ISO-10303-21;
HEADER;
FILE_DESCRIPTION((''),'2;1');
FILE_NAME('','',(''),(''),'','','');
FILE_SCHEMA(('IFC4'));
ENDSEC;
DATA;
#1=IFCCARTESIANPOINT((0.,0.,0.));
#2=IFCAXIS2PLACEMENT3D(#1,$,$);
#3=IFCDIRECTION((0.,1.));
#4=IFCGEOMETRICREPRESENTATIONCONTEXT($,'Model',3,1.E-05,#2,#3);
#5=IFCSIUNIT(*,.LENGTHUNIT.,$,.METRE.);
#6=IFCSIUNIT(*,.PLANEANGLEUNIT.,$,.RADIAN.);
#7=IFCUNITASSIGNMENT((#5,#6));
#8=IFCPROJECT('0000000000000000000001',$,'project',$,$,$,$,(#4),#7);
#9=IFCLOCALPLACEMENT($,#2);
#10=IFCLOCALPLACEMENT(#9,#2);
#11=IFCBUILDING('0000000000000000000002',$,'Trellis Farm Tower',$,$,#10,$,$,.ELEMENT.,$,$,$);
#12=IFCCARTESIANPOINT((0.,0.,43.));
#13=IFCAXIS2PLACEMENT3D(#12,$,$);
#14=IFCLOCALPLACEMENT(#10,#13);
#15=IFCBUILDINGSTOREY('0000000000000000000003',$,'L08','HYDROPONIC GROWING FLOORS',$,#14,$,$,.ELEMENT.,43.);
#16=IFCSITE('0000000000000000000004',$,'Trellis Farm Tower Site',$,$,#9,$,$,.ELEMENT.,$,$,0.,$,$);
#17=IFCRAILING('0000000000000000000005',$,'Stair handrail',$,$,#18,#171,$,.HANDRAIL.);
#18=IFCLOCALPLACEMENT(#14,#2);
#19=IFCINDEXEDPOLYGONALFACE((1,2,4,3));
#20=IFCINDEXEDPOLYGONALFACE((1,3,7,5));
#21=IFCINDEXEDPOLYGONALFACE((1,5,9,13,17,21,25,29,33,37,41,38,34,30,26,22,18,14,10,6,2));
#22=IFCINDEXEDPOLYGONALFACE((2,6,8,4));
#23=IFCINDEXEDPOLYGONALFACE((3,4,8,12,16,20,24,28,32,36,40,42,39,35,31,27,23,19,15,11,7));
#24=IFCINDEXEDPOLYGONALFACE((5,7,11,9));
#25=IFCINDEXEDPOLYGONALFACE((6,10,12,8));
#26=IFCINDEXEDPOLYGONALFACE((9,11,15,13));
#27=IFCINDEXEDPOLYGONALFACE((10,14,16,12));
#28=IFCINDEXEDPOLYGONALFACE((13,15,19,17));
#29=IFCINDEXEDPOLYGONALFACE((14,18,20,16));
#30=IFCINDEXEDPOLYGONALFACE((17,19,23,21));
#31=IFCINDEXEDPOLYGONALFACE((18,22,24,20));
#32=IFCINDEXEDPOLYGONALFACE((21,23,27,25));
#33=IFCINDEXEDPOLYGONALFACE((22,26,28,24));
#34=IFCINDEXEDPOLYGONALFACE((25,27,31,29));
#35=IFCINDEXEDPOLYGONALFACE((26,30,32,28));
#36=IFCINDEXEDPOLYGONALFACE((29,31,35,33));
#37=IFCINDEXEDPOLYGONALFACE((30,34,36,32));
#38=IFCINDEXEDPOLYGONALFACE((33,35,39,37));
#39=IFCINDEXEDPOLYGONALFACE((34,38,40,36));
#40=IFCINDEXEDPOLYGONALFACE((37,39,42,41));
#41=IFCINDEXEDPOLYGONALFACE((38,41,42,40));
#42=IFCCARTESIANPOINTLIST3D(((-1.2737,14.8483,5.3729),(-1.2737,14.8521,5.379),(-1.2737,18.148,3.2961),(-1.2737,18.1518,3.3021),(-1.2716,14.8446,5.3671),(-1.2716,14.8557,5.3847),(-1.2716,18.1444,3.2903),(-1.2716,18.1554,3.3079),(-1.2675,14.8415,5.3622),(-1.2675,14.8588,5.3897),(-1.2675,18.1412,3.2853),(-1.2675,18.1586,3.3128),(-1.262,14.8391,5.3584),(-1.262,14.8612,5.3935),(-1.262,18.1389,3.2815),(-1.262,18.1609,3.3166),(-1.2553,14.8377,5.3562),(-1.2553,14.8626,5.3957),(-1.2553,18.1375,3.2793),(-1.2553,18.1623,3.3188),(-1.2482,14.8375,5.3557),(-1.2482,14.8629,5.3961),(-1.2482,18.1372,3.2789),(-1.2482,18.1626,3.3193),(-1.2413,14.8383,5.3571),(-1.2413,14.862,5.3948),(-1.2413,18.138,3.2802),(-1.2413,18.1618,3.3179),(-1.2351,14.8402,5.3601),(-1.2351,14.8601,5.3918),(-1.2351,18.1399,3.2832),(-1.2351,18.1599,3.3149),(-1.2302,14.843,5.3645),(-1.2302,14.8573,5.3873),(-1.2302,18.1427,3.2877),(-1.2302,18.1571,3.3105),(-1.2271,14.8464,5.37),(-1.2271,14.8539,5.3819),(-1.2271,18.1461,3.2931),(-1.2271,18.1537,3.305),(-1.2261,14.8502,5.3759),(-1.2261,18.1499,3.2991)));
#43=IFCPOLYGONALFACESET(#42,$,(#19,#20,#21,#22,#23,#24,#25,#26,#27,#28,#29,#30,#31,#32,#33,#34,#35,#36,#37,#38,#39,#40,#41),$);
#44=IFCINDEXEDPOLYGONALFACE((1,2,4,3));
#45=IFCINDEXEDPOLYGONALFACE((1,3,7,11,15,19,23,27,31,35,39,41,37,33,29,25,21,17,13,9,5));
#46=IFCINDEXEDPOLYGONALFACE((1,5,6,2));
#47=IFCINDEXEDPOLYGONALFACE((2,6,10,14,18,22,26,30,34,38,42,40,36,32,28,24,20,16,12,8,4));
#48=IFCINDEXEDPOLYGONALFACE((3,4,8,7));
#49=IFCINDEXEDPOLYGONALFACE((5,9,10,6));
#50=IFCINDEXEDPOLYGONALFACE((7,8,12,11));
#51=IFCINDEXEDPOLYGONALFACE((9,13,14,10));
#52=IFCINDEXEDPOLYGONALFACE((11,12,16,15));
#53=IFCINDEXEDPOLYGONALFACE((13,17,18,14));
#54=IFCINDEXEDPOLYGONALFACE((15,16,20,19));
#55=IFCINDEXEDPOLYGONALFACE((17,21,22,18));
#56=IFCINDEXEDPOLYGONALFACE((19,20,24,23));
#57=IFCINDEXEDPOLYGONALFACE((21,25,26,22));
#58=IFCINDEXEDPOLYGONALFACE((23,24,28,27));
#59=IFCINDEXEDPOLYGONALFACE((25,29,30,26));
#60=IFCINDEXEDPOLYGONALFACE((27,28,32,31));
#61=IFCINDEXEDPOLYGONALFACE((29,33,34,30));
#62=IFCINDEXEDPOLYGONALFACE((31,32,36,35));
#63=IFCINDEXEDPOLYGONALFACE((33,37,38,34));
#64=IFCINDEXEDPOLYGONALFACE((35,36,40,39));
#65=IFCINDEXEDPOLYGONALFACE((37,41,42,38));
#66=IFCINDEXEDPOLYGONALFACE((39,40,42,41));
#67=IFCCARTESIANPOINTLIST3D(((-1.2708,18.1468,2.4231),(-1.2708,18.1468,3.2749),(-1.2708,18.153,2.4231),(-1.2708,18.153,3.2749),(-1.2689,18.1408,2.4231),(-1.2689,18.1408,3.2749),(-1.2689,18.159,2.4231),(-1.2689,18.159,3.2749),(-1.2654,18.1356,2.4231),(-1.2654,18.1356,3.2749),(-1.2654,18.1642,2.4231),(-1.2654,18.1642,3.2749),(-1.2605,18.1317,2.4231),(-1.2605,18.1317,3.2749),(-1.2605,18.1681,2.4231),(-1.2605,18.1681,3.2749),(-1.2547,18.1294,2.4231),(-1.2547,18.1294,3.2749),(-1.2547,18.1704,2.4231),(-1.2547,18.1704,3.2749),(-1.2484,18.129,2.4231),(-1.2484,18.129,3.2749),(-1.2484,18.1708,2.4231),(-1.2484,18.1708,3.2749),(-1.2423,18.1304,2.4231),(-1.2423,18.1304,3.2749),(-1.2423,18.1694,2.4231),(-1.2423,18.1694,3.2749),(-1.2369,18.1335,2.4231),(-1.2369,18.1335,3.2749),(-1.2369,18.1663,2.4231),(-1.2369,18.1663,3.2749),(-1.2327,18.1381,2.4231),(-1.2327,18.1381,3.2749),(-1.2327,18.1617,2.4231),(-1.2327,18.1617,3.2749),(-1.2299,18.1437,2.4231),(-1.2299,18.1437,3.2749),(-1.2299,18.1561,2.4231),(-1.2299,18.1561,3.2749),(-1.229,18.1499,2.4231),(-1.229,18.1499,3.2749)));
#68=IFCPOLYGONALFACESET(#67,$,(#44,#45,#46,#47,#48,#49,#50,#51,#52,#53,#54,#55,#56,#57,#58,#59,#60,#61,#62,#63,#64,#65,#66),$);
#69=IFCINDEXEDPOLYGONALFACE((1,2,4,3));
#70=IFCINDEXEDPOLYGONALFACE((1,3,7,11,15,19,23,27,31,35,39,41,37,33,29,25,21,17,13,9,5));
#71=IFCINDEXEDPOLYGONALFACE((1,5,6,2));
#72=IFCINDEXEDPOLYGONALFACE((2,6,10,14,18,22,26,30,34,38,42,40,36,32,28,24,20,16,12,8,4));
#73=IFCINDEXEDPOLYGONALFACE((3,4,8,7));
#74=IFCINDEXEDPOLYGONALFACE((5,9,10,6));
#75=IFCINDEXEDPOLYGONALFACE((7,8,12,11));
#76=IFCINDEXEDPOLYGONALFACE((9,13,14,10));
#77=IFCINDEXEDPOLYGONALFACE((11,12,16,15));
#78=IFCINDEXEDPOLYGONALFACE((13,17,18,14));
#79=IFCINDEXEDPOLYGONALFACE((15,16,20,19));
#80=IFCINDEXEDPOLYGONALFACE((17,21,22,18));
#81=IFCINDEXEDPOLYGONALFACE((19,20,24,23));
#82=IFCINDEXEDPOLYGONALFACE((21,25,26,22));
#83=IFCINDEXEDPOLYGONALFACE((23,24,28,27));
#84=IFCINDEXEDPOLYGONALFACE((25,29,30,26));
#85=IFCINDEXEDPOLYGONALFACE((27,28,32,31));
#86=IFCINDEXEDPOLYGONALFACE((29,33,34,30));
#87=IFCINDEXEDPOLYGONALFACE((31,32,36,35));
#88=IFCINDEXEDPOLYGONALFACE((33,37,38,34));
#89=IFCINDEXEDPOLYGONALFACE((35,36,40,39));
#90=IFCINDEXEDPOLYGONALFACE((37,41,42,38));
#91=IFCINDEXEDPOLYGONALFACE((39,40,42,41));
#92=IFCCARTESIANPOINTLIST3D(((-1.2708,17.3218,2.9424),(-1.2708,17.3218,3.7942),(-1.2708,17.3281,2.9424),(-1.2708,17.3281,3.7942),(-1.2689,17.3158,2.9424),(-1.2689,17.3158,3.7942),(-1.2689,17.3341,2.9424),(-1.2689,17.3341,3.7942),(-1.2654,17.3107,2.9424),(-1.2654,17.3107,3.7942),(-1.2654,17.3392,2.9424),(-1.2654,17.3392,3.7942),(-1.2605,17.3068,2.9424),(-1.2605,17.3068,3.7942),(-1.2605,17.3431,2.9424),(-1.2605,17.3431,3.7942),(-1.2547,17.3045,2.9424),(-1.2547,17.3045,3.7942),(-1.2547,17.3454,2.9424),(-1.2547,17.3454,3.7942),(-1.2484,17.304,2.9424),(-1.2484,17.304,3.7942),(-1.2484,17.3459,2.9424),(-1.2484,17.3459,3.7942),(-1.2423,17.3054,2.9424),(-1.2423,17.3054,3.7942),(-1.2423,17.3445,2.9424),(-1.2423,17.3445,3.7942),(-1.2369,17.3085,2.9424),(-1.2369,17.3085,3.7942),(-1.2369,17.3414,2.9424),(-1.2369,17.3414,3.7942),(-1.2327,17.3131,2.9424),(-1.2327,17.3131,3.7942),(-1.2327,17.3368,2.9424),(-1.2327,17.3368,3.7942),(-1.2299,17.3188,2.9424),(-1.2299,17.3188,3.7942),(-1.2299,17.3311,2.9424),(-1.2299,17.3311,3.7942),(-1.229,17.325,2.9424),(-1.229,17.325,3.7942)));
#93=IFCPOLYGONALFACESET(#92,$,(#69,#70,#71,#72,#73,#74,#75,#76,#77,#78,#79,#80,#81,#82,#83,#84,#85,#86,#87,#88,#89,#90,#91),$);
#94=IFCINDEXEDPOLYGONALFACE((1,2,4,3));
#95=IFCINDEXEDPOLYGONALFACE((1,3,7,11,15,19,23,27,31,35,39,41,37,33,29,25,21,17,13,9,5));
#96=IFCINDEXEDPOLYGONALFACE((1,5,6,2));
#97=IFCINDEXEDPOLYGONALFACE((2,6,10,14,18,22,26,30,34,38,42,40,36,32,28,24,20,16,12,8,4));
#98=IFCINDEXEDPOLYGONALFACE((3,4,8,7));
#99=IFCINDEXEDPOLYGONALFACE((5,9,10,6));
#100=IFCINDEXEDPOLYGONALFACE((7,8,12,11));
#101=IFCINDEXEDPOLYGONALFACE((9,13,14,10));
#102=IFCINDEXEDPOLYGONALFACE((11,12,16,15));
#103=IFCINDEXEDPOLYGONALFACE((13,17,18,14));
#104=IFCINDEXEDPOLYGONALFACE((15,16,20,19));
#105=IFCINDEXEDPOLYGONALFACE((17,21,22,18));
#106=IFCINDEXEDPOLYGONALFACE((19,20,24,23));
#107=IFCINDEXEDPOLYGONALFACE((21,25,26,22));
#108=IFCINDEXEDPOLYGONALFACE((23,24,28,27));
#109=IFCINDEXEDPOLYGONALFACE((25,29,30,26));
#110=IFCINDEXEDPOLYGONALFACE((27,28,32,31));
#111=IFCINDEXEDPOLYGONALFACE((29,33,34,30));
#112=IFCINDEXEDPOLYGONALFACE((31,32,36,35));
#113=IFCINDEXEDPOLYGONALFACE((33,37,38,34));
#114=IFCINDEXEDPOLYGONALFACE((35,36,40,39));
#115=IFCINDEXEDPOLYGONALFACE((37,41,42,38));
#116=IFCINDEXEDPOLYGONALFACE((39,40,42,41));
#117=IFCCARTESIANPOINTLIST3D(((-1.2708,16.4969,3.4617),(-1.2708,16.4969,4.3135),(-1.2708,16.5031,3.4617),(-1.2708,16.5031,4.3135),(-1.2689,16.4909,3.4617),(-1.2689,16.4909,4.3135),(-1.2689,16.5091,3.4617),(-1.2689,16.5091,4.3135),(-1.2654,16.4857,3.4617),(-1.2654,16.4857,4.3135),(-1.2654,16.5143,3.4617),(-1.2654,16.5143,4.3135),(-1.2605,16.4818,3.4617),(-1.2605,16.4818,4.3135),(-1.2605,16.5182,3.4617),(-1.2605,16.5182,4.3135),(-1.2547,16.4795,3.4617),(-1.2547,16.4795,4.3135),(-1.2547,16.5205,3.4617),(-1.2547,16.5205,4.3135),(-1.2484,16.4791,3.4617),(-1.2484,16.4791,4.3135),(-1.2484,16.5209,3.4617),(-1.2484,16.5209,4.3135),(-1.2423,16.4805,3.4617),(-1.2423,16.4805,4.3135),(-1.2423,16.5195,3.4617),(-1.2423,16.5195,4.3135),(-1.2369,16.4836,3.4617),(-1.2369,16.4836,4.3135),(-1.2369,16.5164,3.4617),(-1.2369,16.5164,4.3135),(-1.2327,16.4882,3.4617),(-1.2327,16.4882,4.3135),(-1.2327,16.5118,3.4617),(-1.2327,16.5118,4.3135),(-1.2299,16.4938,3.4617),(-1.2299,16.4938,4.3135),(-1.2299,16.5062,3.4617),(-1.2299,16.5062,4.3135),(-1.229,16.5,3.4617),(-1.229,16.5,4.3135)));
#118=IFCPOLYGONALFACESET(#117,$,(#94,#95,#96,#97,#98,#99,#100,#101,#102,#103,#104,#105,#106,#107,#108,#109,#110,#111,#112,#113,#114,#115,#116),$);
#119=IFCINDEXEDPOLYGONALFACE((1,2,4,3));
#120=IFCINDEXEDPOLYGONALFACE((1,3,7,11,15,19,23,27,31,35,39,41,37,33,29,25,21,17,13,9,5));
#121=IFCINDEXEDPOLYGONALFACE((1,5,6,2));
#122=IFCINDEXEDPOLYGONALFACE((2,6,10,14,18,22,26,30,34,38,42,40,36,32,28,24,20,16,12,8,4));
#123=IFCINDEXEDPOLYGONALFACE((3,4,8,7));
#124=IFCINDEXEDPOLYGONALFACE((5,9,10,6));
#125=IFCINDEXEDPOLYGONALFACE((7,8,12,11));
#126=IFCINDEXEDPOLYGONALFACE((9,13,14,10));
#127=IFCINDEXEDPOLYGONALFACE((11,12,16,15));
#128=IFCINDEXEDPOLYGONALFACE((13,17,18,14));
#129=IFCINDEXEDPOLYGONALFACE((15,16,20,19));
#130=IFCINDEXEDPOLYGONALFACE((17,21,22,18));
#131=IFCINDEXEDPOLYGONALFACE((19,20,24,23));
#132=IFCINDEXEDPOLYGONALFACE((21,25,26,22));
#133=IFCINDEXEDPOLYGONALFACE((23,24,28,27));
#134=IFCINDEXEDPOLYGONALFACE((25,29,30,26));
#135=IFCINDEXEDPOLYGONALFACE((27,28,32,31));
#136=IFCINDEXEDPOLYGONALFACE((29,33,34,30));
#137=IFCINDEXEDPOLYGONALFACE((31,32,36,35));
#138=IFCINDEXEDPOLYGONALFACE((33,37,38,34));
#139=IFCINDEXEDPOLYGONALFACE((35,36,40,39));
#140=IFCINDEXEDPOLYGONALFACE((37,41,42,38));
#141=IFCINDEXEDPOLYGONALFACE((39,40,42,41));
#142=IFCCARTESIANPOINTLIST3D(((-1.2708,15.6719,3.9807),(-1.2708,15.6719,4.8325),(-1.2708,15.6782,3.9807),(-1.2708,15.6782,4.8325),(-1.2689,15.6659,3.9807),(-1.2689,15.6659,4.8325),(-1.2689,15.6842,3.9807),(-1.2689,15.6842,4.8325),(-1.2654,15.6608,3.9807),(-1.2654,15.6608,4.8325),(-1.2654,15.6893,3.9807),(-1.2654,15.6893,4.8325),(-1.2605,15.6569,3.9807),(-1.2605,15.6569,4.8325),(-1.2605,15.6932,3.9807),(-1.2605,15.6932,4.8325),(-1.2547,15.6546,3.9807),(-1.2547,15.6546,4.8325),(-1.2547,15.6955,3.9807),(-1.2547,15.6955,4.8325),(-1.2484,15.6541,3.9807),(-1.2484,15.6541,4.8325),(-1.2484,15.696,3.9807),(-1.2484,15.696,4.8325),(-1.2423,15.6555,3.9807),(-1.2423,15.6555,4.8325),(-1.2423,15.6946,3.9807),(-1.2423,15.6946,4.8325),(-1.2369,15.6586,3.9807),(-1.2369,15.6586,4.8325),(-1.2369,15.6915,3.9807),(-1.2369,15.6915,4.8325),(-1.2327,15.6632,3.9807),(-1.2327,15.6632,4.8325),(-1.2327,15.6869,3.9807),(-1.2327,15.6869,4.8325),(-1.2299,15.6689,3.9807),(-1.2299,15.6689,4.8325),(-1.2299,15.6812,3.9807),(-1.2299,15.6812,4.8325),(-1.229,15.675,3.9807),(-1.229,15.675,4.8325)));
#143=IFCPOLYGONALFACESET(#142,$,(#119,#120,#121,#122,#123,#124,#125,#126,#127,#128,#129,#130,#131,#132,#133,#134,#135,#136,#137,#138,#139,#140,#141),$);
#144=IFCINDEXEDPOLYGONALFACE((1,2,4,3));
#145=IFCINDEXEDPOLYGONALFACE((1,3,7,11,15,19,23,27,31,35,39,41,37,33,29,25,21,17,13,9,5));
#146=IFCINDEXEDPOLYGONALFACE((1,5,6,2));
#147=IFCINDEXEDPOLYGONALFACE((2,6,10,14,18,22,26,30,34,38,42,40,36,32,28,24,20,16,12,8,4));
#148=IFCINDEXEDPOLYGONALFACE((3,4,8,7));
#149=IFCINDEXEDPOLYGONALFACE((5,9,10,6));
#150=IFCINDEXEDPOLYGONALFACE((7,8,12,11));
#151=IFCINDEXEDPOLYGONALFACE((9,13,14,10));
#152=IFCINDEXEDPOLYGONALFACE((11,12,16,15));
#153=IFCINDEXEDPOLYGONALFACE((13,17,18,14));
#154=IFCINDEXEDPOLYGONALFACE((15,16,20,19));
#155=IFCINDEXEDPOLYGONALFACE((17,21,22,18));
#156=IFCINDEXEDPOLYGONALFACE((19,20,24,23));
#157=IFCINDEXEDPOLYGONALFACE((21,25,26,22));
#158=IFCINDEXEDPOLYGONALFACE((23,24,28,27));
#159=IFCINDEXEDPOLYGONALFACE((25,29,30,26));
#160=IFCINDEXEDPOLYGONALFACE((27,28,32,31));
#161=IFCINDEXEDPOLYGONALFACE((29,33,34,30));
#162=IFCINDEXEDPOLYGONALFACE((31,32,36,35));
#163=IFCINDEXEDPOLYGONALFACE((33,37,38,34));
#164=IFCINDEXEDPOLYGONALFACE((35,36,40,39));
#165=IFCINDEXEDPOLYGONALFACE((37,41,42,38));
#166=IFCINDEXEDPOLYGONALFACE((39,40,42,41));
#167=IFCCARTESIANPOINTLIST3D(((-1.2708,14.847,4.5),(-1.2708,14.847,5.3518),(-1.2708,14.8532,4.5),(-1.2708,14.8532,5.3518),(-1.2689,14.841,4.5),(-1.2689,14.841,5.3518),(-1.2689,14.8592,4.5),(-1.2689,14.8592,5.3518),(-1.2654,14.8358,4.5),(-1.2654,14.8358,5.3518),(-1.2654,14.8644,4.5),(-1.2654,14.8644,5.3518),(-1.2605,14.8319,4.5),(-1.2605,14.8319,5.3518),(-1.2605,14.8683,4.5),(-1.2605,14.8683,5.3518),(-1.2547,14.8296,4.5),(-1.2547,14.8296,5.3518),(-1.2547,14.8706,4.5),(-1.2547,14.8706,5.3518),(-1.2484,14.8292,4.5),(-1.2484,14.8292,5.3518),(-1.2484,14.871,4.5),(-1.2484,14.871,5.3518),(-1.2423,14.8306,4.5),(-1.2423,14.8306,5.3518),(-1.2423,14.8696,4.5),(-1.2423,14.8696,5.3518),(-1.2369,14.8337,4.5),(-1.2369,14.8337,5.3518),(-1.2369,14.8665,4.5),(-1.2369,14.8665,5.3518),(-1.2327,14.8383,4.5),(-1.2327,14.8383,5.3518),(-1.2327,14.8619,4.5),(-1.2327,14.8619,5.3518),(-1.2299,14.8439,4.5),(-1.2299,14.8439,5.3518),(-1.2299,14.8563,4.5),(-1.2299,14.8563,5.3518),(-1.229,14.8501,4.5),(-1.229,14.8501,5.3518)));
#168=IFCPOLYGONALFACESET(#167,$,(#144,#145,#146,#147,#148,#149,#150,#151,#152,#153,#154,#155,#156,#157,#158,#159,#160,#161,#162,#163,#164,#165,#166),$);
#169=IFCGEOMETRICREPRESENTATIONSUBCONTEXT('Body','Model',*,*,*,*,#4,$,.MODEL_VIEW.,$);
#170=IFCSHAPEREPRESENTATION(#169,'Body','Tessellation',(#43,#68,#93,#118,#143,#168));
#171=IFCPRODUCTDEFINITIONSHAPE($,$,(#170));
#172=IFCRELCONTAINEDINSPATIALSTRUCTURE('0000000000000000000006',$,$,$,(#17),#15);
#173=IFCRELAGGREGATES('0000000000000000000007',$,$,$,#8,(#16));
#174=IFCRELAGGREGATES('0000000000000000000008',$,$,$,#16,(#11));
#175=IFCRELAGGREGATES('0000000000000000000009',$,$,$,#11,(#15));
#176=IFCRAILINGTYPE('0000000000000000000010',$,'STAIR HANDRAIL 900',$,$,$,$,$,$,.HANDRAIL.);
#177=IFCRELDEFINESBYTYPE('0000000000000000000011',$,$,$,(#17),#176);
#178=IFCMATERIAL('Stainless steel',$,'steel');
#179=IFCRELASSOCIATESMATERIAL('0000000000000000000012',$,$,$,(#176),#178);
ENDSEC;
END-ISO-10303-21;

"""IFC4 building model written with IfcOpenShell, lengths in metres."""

from ifc_helpers import new_model, si_unit, direction, frame, origin, origin_2d, place, context, subcontext, project, spatial, circle, extrude, source, transform, mapped, material, type_object, element, save


model = new_model("IFC4")

# Units and contexts
model_context = context("Model", 3, precision=1e-05, world=origin(), true_north=direction((0.0, 1.0)))
body_context = subcontext(model_context, "Body", "Model", "MODEL_VIEW")
ifc_project = project(units=[si_unit("LENGTHUNIT", "METRE"), si_unit("PLANEANGLEUNIT", "RADIAN")], contexts=[model_context])

# Site, building, storey
site_placement = place(None, origin())
site = spatial("IfcSite", under=ifc_project, at=site_placement, Name="Trellis Farm Tower Site", CompositionType="ELEMENT", RefElevation=0.0)
building_placement = place(site_placement, origin())
building = spatial("IfcBuilding", under=site, at=building_placement, Name="Trellis Farm Tower", CompositionType="ELEMENT")
storey_placement = place(building_placement, frame((0.0, 0.0, 43.0)))
storey = spatial("IfcBuildingStorey", under=building, at=storey_placement, Name="L08", Description="HYDROPONIC GROWING FLOORS", CompositionType="ELEMENT", Elevation=43.0)

# Railing
ifc_material_1 = material(Name="Stainless steel", Category="steel")
railing_type = type_object("IfcRailingType", Name="STAIR HANDRAIL 900", PredefinedType="HANDRAIL", material=ifc_material_1)
shared_shape_1 = source(origin(), body_context, "Body", "SweptSolid", [
    extrude(circle(Radius=0.0239, at=origin_2d()), frame((0.0, 0.0, 0.876), z_axis=(0.0, -0.84632, 0.532675), x_axis=(1.0, 0.0, 0.0)), (0.0, 0.0, 1.0), 3.8989),
    extrude(circle(Radius=0.021, at=origin_2d()), origin(), (0.0, 0.0, 1.0), 0.8518),
    extrude(circle(Radius=0.021, at=origin_2d()), frame((0.0, -0.825, 0.5193)), (0.0, 0.0, 1.0), 0.8518),
    extrude(circle(Radius=0.021, at=origin_2d()), frame((0.0, -1.6499, 1.0386)), (0.0, 0.0, 1.0), 0.8518),
    extrude(circle(Radius=0.021, at=origin_2d()), frame((0.0, -2.4749, 1.5576)), (0.0, 0.0, 1.0), 0.8518),
    extrude(circle(Radius=0.021, at=origin_2d()), frame((0.0, -3.2998, 2.0769)), (0.0, 0.0, 1.0), 0.8518),
])
railing_placement = place(storey_placement, frame((-1.25, 18.1499, 2.4231)))
element("IfcRailing", 1, at=railing_placement, inside=storey, type_object=railing_type, Name="Stair handrail", PredefinedType="HANDRAIL", context=body_context, shape_type="MappedRepresentation", body=[
    mapped(shared_shape_1, transform((0.0, 0.0, 0.0))),
])

save(model, "model.ifc")
